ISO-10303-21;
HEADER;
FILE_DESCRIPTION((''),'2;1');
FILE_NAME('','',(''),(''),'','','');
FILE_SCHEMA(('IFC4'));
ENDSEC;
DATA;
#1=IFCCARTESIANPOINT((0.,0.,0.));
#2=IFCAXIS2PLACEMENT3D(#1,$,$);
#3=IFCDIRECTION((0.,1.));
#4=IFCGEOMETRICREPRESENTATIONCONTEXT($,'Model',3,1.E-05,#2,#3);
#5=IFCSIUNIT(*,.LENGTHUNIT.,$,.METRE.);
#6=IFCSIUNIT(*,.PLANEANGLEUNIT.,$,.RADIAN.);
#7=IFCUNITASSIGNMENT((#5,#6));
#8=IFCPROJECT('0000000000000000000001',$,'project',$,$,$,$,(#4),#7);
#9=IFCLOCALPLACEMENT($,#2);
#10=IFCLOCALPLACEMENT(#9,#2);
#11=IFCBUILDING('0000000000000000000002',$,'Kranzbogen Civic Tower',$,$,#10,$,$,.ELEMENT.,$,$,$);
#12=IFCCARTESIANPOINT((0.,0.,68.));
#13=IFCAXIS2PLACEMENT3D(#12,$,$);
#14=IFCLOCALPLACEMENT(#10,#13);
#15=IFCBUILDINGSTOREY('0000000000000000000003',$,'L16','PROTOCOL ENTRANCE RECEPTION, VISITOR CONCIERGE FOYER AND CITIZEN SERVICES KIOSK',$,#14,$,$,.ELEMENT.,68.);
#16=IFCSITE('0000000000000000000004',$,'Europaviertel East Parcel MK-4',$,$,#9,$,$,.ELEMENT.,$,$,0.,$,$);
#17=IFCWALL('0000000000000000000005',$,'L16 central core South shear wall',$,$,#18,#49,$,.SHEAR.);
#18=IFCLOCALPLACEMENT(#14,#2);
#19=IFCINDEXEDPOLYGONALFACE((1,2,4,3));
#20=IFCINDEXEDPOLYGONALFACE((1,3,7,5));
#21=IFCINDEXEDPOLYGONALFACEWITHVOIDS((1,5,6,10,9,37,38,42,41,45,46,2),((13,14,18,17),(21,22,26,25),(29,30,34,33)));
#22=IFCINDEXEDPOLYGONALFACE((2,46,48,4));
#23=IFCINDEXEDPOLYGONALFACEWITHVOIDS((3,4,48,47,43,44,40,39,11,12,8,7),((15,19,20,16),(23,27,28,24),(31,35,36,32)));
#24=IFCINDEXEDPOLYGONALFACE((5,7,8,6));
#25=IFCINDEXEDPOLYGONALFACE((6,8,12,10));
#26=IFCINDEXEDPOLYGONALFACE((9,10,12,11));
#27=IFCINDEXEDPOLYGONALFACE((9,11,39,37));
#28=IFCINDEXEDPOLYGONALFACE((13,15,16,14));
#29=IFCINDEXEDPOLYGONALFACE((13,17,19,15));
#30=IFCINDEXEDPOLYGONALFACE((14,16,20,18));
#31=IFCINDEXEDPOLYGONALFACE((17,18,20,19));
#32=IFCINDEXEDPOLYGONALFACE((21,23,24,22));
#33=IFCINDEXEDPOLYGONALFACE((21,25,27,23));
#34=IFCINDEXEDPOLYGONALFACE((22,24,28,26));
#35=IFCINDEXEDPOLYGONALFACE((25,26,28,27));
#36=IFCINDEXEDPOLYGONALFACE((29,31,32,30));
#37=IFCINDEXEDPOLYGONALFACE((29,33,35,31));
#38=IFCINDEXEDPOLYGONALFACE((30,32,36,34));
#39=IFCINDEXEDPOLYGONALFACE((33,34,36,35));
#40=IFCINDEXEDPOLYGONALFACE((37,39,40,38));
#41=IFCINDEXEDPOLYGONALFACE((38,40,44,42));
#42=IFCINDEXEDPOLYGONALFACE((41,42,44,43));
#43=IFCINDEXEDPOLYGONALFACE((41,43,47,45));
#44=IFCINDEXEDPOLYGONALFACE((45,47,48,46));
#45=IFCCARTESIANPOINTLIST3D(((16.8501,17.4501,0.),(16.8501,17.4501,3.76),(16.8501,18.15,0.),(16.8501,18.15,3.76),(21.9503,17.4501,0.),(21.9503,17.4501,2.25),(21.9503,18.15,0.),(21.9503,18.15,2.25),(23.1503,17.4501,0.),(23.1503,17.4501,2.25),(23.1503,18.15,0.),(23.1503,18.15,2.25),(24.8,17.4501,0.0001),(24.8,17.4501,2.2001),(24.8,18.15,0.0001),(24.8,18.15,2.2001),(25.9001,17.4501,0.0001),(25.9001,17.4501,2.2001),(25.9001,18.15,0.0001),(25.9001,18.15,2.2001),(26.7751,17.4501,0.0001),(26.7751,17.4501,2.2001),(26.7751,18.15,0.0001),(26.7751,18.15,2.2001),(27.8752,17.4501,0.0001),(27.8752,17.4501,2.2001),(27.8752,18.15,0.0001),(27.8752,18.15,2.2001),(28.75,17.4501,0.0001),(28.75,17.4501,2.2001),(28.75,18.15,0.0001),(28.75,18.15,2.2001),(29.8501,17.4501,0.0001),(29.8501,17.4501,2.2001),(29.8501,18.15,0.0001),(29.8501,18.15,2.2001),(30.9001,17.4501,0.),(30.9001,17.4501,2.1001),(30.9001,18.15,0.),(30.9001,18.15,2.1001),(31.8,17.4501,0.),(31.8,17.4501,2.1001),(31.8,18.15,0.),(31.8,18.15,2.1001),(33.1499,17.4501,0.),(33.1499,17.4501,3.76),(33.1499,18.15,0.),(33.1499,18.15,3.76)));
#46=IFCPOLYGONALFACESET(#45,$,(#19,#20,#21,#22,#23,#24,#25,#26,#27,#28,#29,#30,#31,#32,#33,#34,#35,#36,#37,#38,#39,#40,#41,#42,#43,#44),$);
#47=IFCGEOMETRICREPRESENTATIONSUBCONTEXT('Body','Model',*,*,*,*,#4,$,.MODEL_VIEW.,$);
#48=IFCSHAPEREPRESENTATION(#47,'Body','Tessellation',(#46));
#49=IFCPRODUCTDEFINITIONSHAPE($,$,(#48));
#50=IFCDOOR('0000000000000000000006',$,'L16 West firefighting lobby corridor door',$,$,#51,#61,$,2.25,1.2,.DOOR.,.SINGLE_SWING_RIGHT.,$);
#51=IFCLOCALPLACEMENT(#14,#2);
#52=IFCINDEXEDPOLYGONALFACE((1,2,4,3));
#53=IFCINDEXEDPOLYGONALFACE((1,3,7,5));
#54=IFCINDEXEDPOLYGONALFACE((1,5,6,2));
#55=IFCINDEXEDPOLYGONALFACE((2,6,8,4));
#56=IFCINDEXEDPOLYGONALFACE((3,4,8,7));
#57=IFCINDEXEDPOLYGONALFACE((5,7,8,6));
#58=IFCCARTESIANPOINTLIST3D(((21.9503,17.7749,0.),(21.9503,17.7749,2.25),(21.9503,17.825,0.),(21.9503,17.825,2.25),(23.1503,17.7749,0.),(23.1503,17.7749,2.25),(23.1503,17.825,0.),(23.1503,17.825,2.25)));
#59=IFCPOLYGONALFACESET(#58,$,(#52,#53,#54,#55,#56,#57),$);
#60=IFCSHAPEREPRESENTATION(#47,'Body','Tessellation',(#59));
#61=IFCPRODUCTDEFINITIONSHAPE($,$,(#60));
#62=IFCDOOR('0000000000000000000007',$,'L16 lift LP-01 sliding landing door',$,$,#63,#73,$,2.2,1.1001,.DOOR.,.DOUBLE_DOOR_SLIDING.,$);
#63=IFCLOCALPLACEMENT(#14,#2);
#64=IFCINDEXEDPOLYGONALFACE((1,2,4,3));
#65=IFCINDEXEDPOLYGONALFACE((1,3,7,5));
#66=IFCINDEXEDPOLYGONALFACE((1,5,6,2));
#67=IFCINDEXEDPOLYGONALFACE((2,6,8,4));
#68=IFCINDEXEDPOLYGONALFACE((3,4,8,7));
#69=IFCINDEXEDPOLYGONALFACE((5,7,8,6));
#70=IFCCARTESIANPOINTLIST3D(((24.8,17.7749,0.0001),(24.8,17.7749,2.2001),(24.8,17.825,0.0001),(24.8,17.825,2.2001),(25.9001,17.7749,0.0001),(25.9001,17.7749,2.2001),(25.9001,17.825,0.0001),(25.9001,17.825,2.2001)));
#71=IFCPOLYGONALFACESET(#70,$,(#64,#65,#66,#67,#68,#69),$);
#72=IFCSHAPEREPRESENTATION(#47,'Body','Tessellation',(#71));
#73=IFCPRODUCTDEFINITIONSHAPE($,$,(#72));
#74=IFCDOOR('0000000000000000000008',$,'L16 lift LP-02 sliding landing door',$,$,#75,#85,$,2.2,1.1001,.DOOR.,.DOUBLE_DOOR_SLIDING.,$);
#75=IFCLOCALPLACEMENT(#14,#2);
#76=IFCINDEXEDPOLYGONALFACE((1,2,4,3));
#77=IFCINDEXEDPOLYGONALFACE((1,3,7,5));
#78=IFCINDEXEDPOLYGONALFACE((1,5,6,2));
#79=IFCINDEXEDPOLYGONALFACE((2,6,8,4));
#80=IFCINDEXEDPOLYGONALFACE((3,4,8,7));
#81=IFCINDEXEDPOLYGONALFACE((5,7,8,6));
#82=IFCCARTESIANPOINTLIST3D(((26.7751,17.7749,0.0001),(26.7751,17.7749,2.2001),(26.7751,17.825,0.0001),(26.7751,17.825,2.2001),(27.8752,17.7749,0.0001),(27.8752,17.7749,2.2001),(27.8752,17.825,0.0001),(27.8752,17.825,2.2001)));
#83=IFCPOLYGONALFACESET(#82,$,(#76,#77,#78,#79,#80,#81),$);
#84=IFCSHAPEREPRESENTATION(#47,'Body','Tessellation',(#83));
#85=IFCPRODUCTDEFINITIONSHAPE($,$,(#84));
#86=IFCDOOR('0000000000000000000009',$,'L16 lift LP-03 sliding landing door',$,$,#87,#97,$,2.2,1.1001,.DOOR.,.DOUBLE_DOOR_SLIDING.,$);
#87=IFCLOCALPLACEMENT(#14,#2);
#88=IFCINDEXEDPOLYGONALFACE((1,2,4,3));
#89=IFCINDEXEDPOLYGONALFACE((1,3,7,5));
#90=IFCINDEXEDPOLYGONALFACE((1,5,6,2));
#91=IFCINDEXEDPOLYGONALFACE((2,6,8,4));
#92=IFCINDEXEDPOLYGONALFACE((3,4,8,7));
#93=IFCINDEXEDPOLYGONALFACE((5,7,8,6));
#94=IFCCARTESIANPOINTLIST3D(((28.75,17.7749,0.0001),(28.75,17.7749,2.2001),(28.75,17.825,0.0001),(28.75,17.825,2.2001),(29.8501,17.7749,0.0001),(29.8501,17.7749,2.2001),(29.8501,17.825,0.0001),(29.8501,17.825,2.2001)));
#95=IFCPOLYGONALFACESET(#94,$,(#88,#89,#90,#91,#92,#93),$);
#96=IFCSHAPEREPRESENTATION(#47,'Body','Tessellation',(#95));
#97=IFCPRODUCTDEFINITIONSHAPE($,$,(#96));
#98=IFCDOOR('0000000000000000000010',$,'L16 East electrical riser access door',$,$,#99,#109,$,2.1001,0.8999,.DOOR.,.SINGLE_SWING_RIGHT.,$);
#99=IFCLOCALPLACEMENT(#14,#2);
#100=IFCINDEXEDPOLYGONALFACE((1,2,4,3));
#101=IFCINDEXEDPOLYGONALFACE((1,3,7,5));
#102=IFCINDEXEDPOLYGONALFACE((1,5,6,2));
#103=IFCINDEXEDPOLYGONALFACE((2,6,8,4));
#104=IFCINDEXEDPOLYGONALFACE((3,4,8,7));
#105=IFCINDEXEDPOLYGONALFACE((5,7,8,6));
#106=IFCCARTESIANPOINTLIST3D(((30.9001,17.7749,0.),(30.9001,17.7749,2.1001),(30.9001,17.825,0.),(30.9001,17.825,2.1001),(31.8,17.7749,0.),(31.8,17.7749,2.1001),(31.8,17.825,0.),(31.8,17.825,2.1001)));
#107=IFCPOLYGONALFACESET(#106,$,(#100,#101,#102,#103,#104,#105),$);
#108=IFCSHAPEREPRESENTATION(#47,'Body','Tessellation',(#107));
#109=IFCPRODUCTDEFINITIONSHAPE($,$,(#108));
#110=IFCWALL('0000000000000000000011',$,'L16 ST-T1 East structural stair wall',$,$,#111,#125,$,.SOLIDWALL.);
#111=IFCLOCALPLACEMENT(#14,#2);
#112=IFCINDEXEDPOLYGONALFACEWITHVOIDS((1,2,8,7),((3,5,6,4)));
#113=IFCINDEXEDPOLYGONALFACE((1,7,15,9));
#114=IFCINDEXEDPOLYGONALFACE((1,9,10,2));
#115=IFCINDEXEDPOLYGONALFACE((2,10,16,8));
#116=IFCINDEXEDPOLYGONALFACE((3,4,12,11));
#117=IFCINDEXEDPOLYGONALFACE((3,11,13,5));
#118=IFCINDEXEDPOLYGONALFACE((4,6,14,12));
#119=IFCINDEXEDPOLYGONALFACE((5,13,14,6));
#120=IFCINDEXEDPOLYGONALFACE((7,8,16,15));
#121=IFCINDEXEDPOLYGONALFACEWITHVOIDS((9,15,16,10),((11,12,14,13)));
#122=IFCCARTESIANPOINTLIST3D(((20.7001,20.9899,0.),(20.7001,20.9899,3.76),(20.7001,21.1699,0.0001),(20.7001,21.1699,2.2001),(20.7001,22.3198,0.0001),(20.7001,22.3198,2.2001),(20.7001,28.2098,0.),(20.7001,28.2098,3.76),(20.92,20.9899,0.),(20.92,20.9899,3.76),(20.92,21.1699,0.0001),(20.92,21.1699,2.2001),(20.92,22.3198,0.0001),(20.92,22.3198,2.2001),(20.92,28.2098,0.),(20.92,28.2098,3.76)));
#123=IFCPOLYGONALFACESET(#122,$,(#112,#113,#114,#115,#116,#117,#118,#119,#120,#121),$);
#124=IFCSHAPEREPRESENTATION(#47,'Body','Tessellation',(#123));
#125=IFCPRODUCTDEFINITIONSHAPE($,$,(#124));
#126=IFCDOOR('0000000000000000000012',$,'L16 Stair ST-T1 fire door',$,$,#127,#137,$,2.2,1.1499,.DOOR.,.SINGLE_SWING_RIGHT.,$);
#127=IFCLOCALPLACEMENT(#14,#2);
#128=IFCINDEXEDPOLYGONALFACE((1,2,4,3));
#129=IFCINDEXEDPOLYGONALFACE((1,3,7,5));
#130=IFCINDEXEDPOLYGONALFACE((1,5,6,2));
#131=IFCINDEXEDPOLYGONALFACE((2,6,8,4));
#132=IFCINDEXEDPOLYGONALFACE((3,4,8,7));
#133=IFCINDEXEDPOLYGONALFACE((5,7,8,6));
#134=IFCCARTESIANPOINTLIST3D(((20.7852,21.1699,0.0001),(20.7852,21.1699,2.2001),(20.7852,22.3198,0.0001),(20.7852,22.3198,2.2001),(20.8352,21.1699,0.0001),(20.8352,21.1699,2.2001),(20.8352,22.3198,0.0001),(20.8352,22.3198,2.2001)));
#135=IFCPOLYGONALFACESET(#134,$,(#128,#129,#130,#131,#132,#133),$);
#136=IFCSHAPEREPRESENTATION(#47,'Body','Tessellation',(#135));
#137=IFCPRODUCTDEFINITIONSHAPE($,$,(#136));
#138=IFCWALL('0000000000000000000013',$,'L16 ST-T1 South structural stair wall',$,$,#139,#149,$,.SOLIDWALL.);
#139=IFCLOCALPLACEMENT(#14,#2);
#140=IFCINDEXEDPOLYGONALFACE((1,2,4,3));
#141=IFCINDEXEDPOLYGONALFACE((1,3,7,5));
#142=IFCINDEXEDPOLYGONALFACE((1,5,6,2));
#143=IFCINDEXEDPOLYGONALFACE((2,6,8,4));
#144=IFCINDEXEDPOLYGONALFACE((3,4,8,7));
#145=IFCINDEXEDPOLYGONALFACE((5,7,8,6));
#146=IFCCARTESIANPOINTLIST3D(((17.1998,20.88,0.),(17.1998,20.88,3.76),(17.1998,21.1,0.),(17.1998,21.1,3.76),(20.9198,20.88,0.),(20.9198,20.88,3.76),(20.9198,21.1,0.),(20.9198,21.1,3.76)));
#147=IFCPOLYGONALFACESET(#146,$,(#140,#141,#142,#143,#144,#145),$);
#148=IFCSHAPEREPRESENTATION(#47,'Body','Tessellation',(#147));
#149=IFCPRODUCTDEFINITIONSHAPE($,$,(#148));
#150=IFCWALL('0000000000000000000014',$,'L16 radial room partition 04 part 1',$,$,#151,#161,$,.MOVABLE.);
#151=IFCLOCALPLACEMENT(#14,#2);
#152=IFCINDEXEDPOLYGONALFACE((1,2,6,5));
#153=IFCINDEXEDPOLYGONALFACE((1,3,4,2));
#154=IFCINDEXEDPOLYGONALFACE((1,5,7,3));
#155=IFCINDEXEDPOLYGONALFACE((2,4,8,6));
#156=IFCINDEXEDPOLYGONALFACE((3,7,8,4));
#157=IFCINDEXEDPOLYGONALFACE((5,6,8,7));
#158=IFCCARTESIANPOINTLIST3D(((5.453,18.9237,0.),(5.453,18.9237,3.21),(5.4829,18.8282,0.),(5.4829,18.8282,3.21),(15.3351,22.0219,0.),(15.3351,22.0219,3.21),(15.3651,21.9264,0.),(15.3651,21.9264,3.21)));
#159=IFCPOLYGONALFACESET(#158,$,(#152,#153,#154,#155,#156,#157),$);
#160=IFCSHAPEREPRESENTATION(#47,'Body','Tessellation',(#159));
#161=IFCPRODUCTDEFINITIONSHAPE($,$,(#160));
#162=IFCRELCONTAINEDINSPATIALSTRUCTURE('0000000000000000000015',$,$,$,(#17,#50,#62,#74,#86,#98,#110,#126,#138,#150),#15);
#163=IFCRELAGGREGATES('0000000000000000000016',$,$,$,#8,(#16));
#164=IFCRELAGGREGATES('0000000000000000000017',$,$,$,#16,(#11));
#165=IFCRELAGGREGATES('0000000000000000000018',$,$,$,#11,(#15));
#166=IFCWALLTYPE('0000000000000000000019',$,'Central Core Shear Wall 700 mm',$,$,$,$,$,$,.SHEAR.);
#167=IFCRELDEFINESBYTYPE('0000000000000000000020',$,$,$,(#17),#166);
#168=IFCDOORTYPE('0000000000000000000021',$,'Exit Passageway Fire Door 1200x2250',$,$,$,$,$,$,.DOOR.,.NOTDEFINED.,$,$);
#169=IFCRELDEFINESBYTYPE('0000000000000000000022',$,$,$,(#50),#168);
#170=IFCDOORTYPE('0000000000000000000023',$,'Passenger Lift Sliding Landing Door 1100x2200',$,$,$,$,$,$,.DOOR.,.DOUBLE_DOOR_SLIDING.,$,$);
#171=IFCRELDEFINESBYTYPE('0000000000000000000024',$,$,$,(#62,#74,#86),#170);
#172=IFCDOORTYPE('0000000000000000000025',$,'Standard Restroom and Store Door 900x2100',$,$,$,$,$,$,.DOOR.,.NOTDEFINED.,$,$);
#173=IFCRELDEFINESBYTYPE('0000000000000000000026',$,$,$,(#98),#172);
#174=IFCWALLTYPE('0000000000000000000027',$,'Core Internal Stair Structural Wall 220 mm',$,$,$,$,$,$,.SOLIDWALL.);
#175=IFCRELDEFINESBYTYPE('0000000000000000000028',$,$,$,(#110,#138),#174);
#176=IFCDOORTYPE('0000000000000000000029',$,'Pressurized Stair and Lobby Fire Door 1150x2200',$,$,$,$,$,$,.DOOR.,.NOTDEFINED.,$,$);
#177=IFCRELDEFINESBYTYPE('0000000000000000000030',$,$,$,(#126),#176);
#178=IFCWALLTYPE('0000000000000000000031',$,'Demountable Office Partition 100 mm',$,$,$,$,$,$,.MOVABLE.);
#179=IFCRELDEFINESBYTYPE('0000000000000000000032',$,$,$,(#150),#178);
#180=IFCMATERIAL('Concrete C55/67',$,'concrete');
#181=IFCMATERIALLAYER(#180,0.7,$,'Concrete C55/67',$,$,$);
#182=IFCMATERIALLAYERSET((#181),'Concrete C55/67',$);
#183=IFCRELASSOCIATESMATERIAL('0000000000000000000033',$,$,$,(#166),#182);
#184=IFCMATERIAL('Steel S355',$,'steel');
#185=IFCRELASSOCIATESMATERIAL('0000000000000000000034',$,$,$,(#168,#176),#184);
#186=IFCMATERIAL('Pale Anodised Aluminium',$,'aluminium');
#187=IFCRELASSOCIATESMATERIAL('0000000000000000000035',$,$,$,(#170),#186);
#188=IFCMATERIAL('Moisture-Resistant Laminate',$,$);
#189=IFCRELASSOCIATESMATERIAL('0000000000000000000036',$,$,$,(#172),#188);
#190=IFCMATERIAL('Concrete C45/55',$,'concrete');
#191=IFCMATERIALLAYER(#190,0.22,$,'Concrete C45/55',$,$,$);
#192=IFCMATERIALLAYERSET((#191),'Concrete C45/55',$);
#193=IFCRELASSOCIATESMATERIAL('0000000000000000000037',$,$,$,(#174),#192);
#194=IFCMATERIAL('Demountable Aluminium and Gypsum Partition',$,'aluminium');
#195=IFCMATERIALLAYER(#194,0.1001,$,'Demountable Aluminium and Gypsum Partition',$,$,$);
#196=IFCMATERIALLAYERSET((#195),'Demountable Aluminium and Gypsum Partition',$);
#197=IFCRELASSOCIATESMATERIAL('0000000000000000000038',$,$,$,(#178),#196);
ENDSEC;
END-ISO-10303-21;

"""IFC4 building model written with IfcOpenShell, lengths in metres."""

from ifc_helpers import new_model, si_unit, direction, frame, frame_2d, origin, place, context, subcontext, project, spatial, rectangle, extrude, material, layer, layer_set, type_object, element, fill, save


model = new_model("IFC4")

# Units and contexts
model_context = context("Model", 3, precision=1e-05, world=origin(), true_north=direction((0.0, 1.0)))
body_context = subcontext(model_context, "Body", "Model", "MODEL_VIEW")
ifc_project = project(units=[si_unit("LENGTHUNIT", "METRE"), si_unit("PLANEANGLEUNIT", "RADIAN")], contexts=[model_context])

# Site, building, storey
site_placement = place(None, origin())
site = spatial("IfcSite", under=ifc_project, at=site_placement, Name="Europaviertel East Parcel MK-4", CompositionType="ELEMENT", RefElevation=0.0)
building_placement = place(site_placement, origin())
building = spatial("IfcBuilding", under=site, at=building_placement, Name="Kranzbogen Civic Tower", CompositionType="ELEMENT")
storey_placement = place(building_placement, frame((0.0, 0.0, 68.0)))
storey = spatial("IfcBuildingStorey", under=building, at=storey_placement, Name="L16", Description="PROTOCOL ENTRANCE RECEPTION, VISITOR CONCIERGE FOYER AND CITIZEN SERVICES KIOSK", CompositionType="ELEMENT", Elevation=68.0)

# Shared definitions
ifc_material_1 = material(Name="Steel S355", Category="steel")

# Wall, openings, doors
ifc_material_2 = material(Name="Concrete C55/67", Category="concrete")
ifc_layer_1 = layer(ifc_material_2, 0.7, Name="Concrete C55/67")
ifc_layer_set_1 = layer_set([ifc_layer_1], Name="Concrete C55/67")
wall_type_1 = type_object("IfcWallType", Name="Central Core Shear Wall 700 mm", PredefinedType="SHEAR", material=ifc_layer_set_1)
wall_1_placement = place(storey_placement, frame((16.8501, 17.8, 0.0), z_axis=(0.0, 0.0, 1.0), x_axis=(1.0, 0.0, 0.0)))
wall_1 = element("IfcWall", 1, at=wall_1_placement, inside=storey, type_object=wall_type_1, Name="L16 central core South shear wall", PredefinedType="SHEAR", context=body_context, shape_type="SweptSolid", body=[
    extrude(rectangle(XDim=16.2998, YDim=0.7, at=frame_2d((8.1499, 0.0))), origin(), (0.0, 0.0, 1.0), 3.76),
])
opening_1_placement = place(wall_1_placement, frame((5.1001, 0.0, 0.0)))
opening_1 = element("IfcOpeningElement", 2, at=opening_1_placement, cuts=wall_1, PredefinedType="OPENING", context=body_context, shape_type="SweptSolid", body=[
    extrude(rectangle(XDim=1.2, YDim=2.25, at=frame_2d((0.6001, 1.125))), frame((0.0, 0.3599, 0.0), z_axis=(0.0, -1.0, 0.0), x_axis=(1.0, 0.0, 0.0)), (0.0, 0.0, 1.0), 0.72),
])
opening_2_placement = place(wall_1_placement, frame((14.05, 0.0, 0.0)))
opening_2 = element("IfcOpeningElement", 3, at=opening_2_placement, cuts=wall_1, PredefinedType="OPENING", context=body_context, shape_type="SweptSolid", body=[
    extrude(rectangle(XDim=0.8999, YDim=2.1001, at=frame_2d((0.45, 1.05))), frame((0.0, 0.3599, 0.0), z_axis=(0.0, -1.0, 0.0), x_axis=(1.0, 0.0, 0.0)), (0.0, 0.0, 1.0), 0.72),
])
opening_3_placement = place(wall_1_placement, frame((7.95, 0.0, 0.0)))
opening_3 = element("IfcOpeningElement", 4, at=opening_3_placement, cuts=wall_1, PredefinedType="OPENING", context=body_context, shape_type="SweptSolid", body=[
    extrude(rectangle(XDim=1.1001, YDim=2.2, at=frame_2d((0.55, 1.1001))), frame((0.0, 0.3599, 0.0), z_axis=(0.0, -1.0, 0.0), x_axis=(1.0, 0.0, 0.0)), (0.0, 0.0, 1.0), 0.72),
])
opening_4_placement = place(wall_1_placement, frame((9.925, 0.0, 0.0)))
opening_4 = element("IfcOpeningElement", 5, at=opening_4_placement, cuts=wall_1, PredefinedType="OPENING", context=body_context, shape_type="SweptSolid", body=[
    extrude(rectangle(XDim=1.1001, YDim=2.2, at=frame_2d((0.55, 1.1001))), frame((0.0, 0.3599, 0.0), z_axis=(0.0, -1.0, 0.0), x_axis=(1.0, 0.0, 0.0)), (0.0, 0.0, 1.0), 0.72),
])
opening_5_placement = place(wall_1_placement, frame((11.8999, 0.0, 0.0)))
opening_5 = element("IfcOpeningElement", 6, at=opening_5_placement, cuts=wall_1, PredefinedType="OPENING", context=body_context, shape_type="SweptSolid", body=[
    extrude(rectangle(XDim=1.1001, YDim=2.2, at=frame_2d((0.55, 1.1001))), frame((0.0, 0.3599, 0.0), z_axis=(0.0, -1.0, 0.0), x_axis=(1.0, 0.0, 0.0)), (0.0, 0.0, 1.0), 0.72),
])
door_type_1 = type_object("IfcDoorType", Name="Exit Passageway Fire Door 1200x2250", OperationType="NOTDEFINED", PredefinedType="DOOR", material=ifc_material_1)
door_1_placement = place(opening_1_placement, origin())
door_1 = element("IfcDoor", 7, at=door_1_placement, inside=storey, type_object=door_type_1, Name="L16 West firefighting lobby corridor door", OperationType="SINGLE_SWING_RIGHT", OverallHeight=2.25, OverallWidth=1.2, PredefinedType="DOOR", context=body_context, shape_type="SweptSolid", body=[
    extrude(rectangle(XDim=1.2, YDim=2.25, at=frame_2d((0.6001, 1.125))), frame((0.0, 0.0249, 0.0), z_axis=(0.0, -1.0, 0.0), x_axis=(1.0, 0.0, 0.0)), (0.0, 0.0, 1.0), 0.05),
])
fill(opening_1, door_1)
ifc_material_3 = material(Name="Pale Anodised Aluminium", Category="aluminium")
door_type_2 = type_object("IfcDoorType", Name="Passenger Lift Sliding Landing Door 1100x2200", OperationType="DOUBLE_DOOR_SLIDING", PredefinedType="DOOR", material=ifc_material_3)
door_2_placement = place(opening_3_placement, origin())
door_2 = element("IfcDoor", 8, at=door_2_placement, inside=storey, type_object=door_type_2, Name="L16 lift LP-01 sliding landing door", OperationType="DOUBLE_DOOR_SLIDING", OverallHeight=2.2, OverallWidth=1.1001, PredefinedType="DOOR", context=body_context, shape_type="SweptSolid", body=[
    extrude(rectangle(XDim=1.1001, YDim=2.2, at=frame_2d((0.55, 1.1001))), frame((0.0, 0.0249, 0.0), z_axis=(0.0, -1.0, 0.0), x_axis=(1.0, 0.0, 0.0)), (0.0, 0.0, 1.0), 0.05),
])
fill(opening_3, door_2)
door_3_placement = place(opening_4_placement, origin())
door_3 = element("IfcDoor", 9, at=door_3_placement, inside=storey, type_object=door_type_2, Name="L16 lift LP-02 sliding landing door", OperationType="DOUBLE_DOOR_SLIDING", OverallHeight=2.2, OverallWidth=1.1001, PredefinedType="DOOR", context=body_context, shape_type="SweptSolid", body=[
    extrude(rectangle(XDim=1.1001, YDim=2.2, at=frame_2d((0.55, 1.1001))), frame((0.0, 0.0249, 0.0), z_axis=(0.0, -1.0, 0.0), x_axis=(1.0, 0.0, 0.0)), (0.0, 0.0, 1.0), 0.05),
])
fill(opening_4, door_3)
door_4_placement = place(opening_5_placement, origin())
door_4 = element("IfcDoor", 10, at=door_4_placement, inside=storey, type_object=door_type_2, Name="L16 lift LP-03 sliding landing door", OperationType="DOUBLE_DOOR_SLIDING", OverallHeight=2.2, OverallWidth=1.1001, PredefinedType="DOOR", context=body_context, shape_type="SweptSolid", body=[
    extrude(rectangle(XDim=1.1001, YDim=2.2, at=frame_2d((0.55, 1.1001))), frame((0.0, 0.0249, 0.0), z_axis=(0.0, -1.0, 0.0), x_axis=(1.0, 0.0, 0.0)), (0.0, 0.0, 1.0), 0.05),
])
fill(opening_5, door_4)
ifc_material_4 = material(Name="Moisture-Resistant Laminate")
door_type_3 = type_object("IfcDoorType", Name="Standard Restroom and Store Door 900x2100", OperationType="NOTDEFINED", PredefinedType="DOOR", material=ifc_material_4)
door_5_placement = place(opening_2_placement, origin())
door_5 = element("IfcDoor", 11, at=door_5_placement, inside=storey, type_object=door_type_3, Name="L16 East electrical riser access door", OperationType="SINGLE_SWING_RIGHT", OverallHeight=2.1001, OverallWidth=0.8999, PredefinedType="DOOR", context=body_context, shape_type="SweptSolid", body=[
    extrude(rectangle(XDim=0.8999, YDim=2.1001, at=frame_2d((0.45, 1.05))), frame((0.0, 0.0249, 0.0), z_axis=(0.0, -1.0, 0.0), x_axis=(1.0, 0.0, 0.0)), (0.0, 0.0, 1.0), 0.05),
])
fill(opening_2, door_5)

# Wall, opening, door
ifc_material_5 = material(Name="Concrete C45/55", Category="concrete")
ifc_layer_2 = layer(ifc_material_5, 0.22, Name="Concrete C45/55")
ifc_layer_set_2 = layer_set([ifc_layer_2], Name="Concrete C45/55")
wall_type_2 = type_object("IfcWallType", Name="Core Internal Stair Structural Wall 220 mm", PredefinedType="SOLIDWALL", material=ifc_layer_set_2)
wall_2_placement = place(storey_placement, frame((20.8101, 20.99, 0.0), z_axis=(0.0, 0.0, 1.0), x_axis=(0.0, 1.0, 0.0)))
wall_2 = element("IfcWall", 12, at=wall_2_placement, inside=storey, type_object=wall_type_2, Name="L16 ST-T1 East structural stair wall", PredefinedType="SOLIDWALL", context=body_context, shape_type="SweptSolid", body=[
    extrude(rectangle(XDim=7.22, YDim=0.22, at=frame_2d((3.6099, 0.0))), origin(), (0.0, 0.0, 1.0), 3.76),
])
opening_6_placement = place(wall_2_placement, frame((0.1799, 0.0, 0.0)))
opening_6 = element("IfcOpeningElement", 13, at=opening_6_placement, cuts=wall_2, PredefinedType="OPENING", context=body_context, shape_type="SweptSolid", body=[
    extrude(rectangle(XDim=1.1499, YDim=2.2, at=frame_2d((0.575, 1.1001))), frame((0.0, 0.1201, 0.0), z_axis=(0.0, -1.0, 0.0), x_axis=(1.0, 0.0, 0.0)), (0.0, 0.0, 1.0), 0.24),
])
door_type_4 = type_object("IfcDoorType", Name="Pressurized Stair and Lobby Fire Door 1150x2200", OperationType="NOTDEFINED", PredefinedType="DOOR", material=ifc_material_1)
door_6_placement = place(opening_6_placement, origin())
door_6 = element("IfcDoor", 14, at=door_6_placement, inside=storey, type_object=door_type_4, Name="L16 Stair ST-T1 fire door", OperationType="SINGLE_SWING_RIGHT", OverallHeight=2.2, OverallWidth=1.1499, PredefinedType="DOOR", context=body_context, shape_type="SweptSolid", body=[
    extrude(rectangle(XDim=1.1499, YDim=2.2, at=frame_2d((0.575, 1.1001))), frame((0.0, 0.0249, 0.0), z_axis=(0.0, -1.0, 0.0), x_axis=(1.0, 0.0, 0.0)), (0.0, 0.0, 1.0), 0.05),
])
fill(opening_6, door_6)

# Walls
wall_3_placement = place(storey_placement, frame((17.2, 20.99, 0.0), z_axis=(0.0, 0.0, 1.0), x_axis=(1.0, 0.0, 0.0)))
element("IfcWall", 15, at=wall_3_placement, inside=storey, type_object=wall_type_2, Name="L16 ST-T1 South structural stair wall", PredefinedType="SOLIDWALL", context=body_context, shape_type="SweptSolid", body=[
    extrude(rectangle(XDim=3.72, YDim=0.22, at=frame_2d((1.8599, 0.0))), origin(), (0.0, 0.0, 1.0), 3.76),
])
ifc_material_6 = material(Name="Demountable Aluminium and Gypsum Partition", Category="aluminium")
ifc_layer_3 = layer(ifc_material_6, 0.1001, Name="Demountable Aluminium and Gypsum Partition")
ifc_layer_set_3 = layer_set([ifc_layer_3], Name="Demountable Aluminium and Gypsum Partition")
wall_type_3 = type_object("IfcWallType", Name="Demountable Office Partition 100 mm", PredefinedType="MOVABLE", material=ifc_layer_set_3)
wall_4_placement = place(storey_placement, frame((15.3501, 21.9741, 0.0), z_axis=(0.0, 0.0, 1.0), x_axis=(-0.954205, -0.299154, 0.0)))
element("IfcWall", 16, at=wall_4_placement, inside=storey, type_object=wall_type_3, Name="L16 radial room partition 04 part 1", PredefinedType="MOVABLE", context=body_context, shape_type="SweptSolid", body=[
    extrude(rectangle(XDim=10.3564, YDim=0.1001, at=frame_2d((5.1782, 0.0))), origin(), (0.0, 0.0, 1.0), 3.21),
])

save(model, "model.ifc")
